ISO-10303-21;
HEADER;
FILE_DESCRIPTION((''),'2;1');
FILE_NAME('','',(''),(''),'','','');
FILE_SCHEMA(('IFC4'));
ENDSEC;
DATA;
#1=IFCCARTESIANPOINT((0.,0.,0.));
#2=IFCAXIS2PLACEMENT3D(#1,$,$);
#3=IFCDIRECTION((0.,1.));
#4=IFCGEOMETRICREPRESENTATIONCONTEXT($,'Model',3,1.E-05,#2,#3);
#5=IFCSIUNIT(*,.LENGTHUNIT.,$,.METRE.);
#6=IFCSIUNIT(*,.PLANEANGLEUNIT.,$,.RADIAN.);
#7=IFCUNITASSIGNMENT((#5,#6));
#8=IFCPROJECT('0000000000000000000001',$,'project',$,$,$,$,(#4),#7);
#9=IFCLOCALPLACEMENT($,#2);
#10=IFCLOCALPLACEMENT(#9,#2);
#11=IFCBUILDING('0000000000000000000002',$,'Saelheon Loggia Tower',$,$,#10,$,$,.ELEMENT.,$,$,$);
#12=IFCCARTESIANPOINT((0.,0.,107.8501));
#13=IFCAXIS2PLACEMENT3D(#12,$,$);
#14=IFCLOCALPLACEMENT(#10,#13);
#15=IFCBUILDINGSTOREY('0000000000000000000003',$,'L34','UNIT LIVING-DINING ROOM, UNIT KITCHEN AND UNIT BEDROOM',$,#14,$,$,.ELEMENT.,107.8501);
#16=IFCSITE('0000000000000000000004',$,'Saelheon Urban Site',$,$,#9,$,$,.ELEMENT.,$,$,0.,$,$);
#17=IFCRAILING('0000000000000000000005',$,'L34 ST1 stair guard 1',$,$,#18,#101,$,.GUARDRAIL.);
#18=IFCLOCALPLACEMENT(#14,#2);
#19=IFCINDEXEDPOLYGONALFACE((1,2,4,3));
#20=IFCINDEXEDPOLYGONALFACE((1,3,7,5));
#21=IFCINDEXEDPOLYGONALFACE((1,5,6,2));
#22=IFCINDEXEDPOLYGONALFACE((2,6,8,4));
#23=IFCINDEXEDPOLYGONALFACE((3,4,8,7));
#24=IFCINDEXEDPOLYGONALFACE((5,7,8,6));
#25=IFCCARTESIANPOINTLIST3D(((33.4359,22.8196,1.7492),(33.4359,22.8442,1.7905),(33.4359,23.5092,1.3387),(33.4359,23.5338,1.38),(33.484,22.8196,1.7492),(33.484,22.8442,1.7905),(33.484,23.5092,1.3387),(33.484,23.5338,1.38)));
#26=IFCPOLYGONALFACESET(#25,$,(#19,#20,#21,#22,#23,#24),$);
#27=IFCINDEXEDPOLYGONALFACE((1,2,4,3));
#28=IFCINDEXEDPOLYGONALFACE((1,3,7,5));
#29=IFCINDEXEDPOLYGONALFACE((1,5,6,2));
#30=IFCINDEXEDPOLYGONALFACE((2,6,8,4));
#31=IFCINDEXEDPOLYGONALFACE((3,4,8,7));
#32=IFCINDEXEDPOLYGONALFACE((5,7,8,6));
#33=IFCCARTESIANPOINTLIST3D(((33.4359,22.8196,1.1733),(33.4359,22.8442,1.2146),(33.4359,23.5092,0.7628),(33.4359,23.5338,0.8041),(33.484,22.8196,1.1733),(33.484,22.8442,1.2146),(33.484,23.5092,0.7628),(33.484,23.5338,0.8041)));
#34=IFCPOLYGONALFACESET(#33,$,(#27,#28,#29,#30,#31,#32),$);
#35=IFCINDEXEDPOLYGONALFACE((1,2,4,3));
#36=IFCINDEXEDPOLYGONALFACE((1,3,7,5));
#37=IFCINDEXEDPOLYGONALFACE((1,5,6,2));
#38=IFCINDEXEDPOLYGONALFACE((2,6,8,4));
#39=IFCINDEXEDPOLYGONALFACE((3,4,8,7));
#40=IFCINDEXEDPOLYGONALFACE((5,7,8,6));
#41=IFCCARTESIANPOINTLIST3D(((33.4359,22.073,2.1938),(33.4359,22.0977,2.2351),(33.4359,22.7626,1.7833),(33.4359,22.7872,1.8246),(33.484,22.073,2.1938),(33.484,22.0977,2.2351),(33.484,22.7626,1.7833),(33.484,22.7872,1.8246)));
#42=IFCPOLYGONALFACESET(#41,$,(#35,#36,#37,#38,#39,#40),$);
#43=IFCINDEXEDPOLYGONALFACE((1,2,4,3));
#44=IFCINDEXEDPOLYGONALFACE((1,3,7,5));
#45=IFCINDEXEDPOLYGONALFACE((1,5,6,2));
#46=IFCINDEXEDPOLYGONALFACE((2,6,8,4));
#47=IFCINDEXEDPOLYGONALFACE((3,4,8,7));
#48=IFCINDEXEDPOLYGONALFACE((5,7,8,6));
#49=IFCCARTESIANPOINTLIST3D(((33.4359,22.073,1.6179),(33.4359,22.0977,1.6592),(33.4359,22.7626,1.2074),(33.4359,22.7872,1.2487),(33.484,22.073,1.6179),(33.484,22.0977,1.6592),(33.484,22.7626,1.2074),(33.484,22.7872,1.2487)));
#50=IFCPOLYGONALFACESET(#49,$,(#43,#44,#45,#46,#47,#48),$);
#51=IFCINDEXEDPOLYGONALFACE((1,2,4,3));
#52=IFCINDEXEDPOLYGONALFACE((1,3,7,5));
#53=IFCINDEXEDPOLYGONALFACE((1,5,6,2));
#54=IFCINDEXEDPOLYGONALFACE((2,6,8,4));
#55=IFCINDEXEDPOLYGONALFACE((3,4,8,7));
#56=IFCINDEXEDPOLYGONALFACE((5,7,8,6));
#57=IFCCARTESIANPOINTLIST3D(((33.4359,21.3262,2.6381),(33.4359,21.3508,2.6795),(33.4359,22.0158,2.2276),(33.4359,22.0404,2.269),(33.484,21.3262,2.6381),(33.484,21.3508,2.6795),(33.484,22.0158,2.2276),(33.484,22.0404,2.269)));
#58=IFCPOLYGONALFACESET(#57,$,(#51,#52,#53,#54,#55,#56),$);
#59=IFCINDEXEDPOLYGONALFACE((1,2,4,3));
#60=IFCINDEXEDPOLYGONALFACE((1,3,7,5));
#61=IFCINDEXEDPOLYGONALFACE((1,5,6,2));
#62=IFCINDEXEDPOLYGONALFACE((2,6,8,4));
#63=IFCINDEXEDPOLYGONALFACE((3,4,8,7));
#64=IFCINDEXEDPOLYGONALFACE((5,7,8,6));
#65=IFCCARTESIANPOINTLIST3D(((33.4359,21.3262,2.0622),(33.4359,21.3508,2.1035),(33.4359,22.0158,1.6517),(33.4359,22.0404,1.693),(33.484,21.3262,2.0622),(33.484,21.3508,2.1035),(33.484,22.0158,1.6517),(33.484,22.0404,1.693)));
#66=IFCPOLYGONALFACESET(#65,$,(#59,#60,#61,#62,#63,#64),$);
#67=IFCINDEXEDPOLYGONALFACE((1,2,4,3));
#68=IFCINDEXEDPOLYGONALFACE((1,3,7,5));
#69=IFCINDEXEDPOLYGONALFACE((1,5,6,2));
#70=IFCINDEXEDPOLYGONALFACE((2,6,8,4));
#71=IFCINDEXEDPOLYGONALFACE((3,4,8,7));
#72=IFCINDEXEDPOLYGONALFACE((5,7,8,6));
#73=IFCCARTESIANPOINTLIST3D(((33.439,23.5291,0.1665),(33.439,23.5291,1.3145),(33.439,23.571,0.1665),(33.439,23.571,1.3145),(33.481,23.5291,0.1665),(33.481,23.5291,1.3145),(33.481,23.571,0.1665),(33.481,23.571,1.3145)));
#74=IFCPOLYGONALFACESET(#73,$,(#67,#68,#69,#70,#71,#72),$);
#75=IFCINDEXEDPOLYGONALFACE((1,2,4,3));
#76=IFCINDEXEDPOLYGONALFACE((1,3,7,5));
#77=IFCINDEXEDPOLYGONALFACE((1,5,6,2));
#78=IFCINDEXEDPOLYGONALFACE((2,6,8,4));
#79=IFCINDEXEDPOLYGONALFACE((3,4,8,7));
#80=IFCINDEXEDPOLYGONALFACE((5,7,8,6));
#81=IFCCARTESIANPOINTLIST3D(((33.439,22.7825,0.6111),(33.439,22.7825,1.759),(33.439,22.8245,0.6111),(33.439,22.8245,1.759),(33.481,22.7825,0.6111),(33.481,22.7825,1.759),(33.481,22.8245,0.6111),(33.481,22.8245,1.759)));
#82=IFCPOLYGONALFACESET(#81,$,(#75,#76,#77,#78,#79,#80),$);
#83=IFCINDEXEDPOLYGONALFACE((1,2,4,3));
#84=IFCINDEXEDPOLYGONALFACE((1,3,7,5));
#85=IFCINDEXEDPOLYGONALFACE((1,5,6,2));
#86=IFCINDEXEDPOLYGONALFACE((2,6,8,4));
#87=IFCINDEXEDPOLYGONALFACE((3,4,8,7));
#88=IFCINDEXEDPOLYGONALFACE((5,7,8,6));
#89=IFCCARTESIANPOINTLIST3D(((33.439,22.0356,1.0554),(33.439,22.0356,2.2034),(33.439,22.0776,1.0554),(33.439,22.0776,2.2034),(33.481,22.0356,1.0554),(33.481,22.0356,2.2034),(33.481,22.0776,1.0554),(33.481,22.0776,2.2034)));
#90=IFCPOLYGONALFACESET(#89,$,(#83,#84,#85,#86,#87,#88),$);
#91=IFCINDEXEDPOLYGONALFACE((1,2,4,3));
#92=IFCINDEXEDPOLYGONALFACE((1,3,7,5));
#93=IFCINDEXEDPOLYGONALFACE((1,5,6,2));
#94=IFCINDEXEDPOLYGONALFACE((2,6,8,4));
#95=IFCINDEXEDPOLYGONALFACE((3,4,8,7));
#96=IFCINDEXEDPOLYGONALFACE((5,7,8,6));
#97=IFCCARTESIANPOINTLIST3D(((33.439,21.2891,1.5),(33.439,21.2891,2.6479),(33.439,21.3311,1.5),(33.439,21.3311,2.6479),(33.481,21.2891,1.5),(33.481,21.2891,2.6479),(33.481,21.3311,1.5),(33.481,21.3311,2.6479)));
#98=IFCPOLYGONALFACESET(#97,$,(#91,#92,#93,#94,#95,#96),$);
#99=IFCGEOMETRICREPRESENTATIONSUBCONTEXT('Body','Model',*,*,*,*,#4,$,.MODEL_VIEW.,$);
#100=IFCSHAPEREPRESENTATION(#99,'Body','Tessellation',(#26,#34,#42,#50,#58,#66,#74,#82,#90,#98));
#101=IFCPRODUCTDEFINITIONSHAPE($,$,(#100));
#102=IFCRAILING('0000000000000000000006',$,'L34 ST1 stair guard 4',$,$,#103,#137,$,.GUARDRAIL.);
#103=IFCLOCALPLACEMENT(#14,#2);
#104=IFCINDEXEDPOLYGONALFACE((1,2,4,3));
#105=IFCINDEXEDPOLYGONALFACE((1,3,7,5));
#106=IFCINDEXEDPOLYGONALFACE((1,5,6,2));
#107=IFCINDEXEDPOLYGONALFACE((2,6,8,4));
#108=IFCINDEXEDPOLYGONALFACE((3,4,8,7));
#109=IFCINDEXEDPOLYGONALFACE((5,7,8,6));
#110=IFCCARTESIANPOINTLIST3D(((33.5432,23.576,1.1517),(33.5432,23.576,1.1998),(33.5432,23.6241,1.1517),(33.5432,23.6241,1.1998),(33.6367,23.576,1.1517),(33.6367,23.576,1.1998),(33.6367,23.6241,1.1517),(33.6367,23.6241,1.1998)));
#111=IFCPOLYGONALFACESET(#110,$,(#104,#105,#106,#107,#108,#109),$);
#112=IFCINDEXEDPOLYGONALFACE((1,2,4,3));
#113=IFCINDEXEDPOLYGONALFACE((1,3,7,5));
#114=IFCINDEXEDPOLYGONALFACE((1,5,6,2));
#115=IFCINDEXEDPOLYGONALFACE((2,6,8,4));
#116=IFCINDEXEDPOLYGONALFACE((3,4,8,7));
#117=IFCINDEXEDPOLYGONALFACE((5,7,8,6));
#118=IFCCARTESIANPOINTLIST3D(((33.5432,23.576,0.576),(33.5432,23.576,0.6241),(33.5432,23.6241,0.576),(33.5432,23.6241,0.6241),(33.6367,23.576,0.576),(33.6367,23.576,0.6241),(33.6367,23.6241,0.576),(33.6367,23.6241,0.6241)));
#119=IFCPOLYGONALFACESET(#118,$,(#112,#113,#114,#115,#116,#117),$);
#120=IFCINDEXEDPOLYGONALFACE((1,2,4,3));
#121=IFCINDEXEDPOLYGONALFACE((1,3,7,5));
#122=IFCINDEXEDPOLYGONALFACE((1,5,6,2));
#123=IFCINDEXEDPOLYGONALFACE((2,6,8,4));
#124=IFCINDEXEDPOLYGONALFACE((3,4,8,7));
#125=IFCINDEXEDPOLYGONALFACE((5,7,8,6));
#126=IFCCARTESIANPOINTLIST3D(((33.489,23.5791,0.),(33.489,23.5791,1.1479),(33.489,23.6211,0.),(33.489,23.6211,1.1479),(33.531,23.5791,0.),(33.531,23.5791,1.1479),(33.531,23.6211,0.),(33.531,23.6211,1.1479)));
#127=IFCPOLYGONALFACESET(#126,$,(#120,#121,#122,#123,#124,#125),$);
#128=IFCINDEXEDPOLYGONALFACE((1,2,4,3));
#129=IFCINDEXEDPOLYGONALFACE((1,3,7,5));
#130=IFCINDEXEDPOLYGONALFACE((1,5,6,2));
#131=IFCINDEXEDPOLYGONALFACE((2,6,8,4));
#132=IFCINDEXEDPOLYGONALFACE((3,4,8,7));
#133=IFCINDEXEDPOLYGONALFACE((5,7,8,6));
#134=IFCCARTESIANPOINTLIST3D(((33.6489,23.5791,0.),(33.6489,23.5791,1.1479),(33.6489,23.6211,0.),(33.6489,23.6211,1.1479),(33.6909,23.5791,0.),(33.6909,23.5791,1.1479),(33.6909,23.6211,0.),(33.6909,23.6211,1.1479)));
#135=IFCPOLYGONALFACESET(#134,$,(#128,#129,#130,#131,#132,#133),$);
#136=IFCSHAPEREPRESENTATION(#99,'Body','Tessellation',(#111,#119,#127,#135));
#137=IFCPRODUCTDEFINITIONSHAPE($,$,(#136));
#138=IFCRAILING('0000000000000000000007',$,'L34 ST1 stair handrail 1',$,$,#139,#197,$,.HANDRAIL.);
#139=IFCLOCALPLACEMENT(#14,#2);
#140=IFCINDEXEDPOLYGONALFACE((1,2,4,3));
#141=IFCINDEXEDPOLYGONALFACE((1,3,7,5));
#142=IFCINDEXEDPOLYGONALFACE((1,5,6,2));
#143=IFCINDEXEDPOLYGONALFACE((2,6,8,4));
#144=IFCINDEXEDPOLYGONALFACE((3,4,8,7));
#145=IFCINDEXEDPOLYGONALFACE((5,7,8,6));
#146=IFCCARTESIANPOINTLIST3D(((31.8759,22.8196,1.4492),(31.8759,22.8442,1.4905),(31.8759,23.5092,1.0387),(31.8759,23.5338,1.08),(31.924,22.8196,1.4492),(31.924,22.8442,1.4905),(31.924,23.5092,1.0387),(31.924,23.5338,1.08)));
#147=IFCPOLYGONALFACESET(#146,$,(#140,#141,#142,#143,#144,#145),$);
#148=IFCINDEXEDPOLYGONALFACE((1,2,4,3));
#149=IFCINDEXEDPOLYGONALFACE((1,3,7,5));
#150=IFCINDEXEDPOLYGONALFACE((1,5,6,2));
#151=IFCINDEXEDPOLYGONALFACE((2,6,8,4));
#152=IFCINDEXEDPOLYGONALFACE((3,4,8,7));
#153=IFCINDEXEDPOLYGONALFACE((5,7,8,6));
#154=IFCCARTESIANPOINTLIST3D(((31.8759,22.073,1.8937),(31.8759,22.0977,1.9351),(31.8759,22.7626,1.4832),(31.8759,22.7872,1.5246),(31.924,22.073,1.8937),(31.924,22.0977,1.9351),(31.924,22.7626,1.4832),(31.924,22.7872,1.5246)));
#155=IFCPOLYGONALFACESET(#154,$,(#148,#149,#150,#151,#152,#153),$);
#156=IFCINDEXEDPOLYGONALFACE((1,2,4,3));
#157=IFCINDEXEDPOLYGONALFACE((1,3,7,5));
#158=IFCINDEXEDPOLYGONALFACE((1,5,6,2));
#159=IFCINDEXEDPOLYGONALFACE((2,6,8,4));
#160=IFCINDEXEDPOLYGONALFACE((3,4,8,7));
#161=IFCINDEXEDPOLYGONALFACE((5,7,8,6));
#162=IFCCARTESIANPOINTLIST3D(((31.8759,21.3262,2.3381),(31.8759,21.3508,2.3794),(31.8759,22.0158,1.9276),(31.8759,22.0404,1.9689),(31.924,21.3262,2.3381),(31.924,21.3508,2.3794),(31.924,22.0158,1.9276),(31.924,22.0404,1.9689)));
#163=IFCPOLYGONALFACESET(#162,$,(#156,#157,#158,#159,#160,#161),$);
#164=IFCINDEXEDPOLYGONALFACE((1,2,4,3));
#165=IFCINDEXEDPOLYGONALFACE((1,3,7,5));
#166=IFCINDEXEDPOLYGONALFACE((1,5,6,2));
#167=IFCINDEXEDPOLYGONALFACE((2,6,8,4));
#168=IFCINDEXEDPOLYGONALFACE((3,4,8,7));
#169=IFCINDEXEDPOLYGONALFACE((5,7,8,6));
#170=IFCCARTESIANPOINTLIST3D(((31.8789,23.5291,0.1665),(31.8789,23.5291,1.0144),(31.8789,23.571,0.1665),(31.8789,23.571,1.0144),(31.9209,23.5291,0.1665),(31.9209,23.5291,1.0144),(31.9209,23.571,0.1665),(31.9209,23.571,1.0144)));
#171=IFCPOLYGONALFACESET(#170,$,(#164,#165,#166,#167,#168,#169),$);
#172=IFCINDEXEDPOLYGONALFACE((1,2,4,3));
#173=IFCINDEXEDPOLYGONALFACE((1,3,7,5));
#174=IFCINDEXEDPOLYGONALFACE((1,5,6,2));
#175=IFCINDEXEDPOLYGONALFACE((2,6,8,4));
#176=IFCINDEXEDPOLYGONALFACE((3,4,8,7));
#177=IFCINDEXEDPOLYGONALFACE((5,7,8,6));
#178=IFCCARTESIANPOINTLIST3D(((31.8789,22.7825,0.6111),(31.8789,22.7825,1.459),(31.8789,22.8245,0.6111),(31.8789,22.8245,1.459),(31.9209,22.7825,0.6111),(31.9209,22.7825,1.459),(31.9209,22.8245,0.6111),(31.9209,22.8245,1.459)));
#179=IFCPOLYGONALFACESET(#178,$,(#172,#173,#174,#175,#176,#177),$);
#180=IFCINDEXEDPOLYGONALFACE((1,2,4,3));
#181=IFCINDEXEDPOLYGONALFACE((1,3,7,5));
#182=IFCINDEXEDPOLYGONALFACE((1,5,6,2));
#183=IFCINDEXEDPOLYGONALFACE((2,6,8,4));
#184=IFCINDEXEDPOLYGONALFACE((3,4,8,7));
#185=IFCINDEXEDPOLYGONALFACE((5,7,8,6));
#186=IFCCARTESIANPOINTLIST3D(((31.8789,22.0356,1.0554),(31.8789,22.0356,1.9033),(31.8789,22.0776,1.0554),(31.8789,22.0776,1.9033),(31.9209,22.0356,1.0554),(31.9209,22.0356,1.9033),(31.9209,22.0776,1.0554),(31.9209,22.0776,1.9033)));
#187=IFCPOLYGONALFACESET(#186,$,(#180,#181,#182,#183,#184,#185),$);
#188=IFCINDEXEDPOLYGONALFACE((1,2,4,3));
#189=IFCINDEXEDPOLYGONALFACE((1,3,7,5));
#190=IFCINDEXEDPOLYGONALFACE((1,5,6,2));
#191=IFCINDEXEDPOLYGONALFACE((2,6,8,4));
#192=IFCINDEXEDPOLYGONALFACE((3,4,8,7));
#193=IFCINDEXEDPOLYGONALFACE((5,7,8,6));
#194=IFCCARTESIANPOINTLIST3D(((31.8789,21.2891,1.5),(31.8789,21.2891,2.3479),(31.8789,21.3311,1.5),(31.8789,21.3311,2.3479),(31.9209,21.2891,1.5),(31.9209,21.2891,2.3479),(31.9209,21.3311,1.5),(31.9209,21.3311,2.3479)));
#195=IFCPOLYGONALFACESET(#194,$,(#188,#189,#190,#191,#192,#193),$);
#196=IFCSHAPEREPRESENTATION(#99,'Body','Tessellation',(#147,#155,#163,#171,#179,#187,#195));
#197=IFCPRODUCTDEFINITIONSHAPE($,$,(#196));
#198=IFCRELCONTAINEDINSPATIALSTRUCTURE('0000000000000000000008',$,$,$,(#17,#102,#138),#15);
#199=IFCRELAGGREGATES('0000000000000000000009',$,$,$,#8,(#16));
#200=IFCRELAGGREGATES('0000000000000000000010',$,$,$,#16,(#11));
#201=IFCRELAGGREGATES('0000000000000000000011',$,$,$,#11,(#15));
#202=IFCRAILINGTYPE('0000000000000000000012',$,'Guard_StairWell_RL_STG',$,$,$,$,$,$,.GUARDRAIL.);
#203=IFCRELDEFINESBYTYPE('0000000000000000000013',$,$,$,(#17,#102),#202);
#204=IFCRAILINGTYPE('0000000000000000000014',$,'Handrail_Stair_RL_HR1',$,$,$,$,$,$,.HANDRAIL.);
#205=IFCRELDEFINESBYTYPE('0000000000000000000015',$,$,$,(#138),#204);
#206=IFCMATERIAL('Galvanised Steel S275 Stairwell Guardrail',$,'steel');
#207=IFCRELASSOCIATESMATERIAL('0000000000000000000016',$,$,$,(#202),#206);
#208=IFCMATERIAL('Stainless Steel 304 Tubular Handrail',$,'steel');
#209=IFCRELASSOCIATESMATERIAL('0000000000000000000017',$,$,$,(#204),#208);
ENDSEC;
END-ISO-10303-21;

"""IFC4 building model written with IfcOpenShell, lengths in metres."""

from ifc_helpers import new_model, si_unit, direction, frame, origin, origin_2d, place, context, subcontext, project, spatial, rectangle, extrude, material, type_object, element, save


model = new_model("IFC4")

# Units and contexts
model_context = context("Model", 3, precision=1e-05, world=origin(), true_north=direction((0.0, 1.0)))
body_context = subcontext(model_context, "Body", "Model", "MODEL_VIEW")
ifc_project = project(units=[si_unit("LENGTHUNIT", "METRE"), si_unit("PLANEANGLEUNIT", "RADIAN")], contexts=[model_context])

# Site, building, storey
site_placement = place(None, origin())
site = spatial("IfcSite", under=ifc_project, at=site_placement, Name="Saelheon Urban Site", CompositionType="ELEMENT", RefElevation=0.0)
building_placement = place(site_placement, origin())
building = spatial("IfcBuilding", under=site, at=building_placement, Name="Saelheon Loggia Tower", CompositionType="ELEMENT")
storey_placement = place(building_placement, frame((0.0, 0.0, 107.8501)))
storey = spatial("IfcBuildingStorey", under=building, at=storey_placement, Name="L34", Description="UNIT LIVING-DINING ROOM, UNIT KITCHEN AND UNIT BEDROOM", CompositionType="ELEMENT", Elevation=107.8501)

# Railings
ifc_material_1 = material(Name="Galvanised Steel S275 Stairwell Guardrail", Category="steel")
railing_type_1 = type_object("IfcRailingType", Name="Guard_StairWell_RL_STG", PredefinedType="GUARDRAIL", material=ifc_material_1)
railing_1_placement = place(storey_placement, frame((33.46, 23.55, 0.1665)))
element("IfcRailing", 1, at=railing_1_placement, inside=storey, type_object=railing_type_1, Name="L34 ST1 stair guard 1", PredefinedType="GUARDRAIL", context=body_context, shape_type="SweptSolid", body=[
    extrude(rectangle(XDim=0.0481, YDim=0.0481, at=origin_2d()), frame((0.0, -0.0286, 1.1929), z_axis=(0.0, -0.859264, 0.511532), x_axis=(1.0, 0.0, 0.0)), (0.0, 0.0, 1.0), 0.8025),
    extrude(rectangle(XDim=0.0481, YDim=0.0481, at=origin_2d()), frame((0.0, -0.0286, 0.6169), z_axis=(0.0, -0.859264, 0.511532), x_axis=(1.0, 0.0, 0.0)), (0.0, 0.0, 1.0), 0.8025),
    extrude(rectangle(XDim=0.0481, YDim=0.0481, at=origin_2d()), frame((0.0, -0.7751, 1.6375), z_axis=(0.0, -0.859264, 0.511532), x_axis=(1.0, 0.0, 0.0)), (0.0, 0.0, 1.0), 0.8025),
    extrude(rectangle(XDim=0.0481, YDim=0.0481, at=origin_2d()), frame((0.0, -0.7751, 1.0615), z_axis=(0.0, -0.859264, 0.511532), x_axis=(1.0, 0.0, 0.0)), (0.0, 0.0, 1.0), 0.8025),
    extrude(rectangle(XDim=0.0481, YDim=0.0481, at=origin_2d()), frame((0.0, -1.522, 2.0818), z_axis=(0.0, -0.859264, 0.511532), x_axis=(1.0, 0.0, 0.0)), (0.0, 0.0, 1.0), 0.8025),
    extrude(rectangle(XDim=0.0481, YDim=0.0481, at=origin_2d()), frame((0.0, -1.522, 1.5059), z_axis=(0.0, -0.859264, 0.511532), x_axis=(1.0, 0.0, 0.0)), (0.0, 0.0, 1.0), 0.8025),
    extrude(rectangle(XDim=0.042, YDim=0.042, at=origin_2d()), origin(), (0.0, 0.0, 1.0), 1.1479),
    extrude(rectangle(XDim=0.042, YDim=0.042, at=origin_2d()), frame((0.0, -0.7466, 0.4446)), (0.0, 0.0, 1.0), 1.1479),
    extrude(rectangle(XDim=0.042, YDim=0.042, at=origin_2d()), frame((0.0, -1.4934, 0.8889)), (0.0, 0.0, 1.0), 1.1479),
    extrude(rectangle(XDim=0.042, YDim=0.042, at=origin_2d()), frame((0.0, -2.24, 1.3335)), (0.0, 0.0, 1.0), 1.1479),
])
railing_2_placement = place(storey_placement, frame((33.51, 23.6001, 0.0)))
element("IfcRailing", 2, at=railing_2_placement, inside=storey, type_object=railing_type_1, Name="L34 ST1 stair guard 4", PredefinedType="GUARDRAIL", context=body_context, shape_type="SweptSolid", body=[
    extrude(rectangle(XDim=0.0481, YDim=0.0481, at=origin_2d()), frame((0.0332, 0.0, 1.1758), z_axis=(1.0, 0.0, 0.0), x_axis=(0.0, 1.0, 0.0)), (0.0, 0.0, 1.0), 0.0935),
    extrude(rectangle(XDim=0.0481, YDim=0.0481, at=origin_2d()), frame((0.0332, 0.0, 0.6001), z_axis=(1.0, 0.0, 0.0), x_axis=(0.0, 1.0, 0.0)), (0.0, 0.0, 1.0), 0.0935),
    extrude(rectangle(XDim=0.042, YDim=0.042, at=origin_2d()), origin(), (0.0, 0.0, 1.0), 1.1479),
    extrude(rectangle(XDim=0.042, YDim=0.042, at=origin_2d()), frame((0.1599, 0.0, 0.0)), (0.0, 0.0, 1.0), 1.1479),
])
ifc_material_2 = material(Name="Stainless Steel 304 Tubular Handrail", Category="steel")
railing_type_2 = type_object("IfcRailingType", Name="Handrail_Stair_RL_HR1", PredefinedType="HANDRAIL", material=ifc_material_2)
railing_3_placement = place(storey_placement, frame((31.8999, 23.55, 0.1665)))
element("IfcRailing", 3, at=railing_3_placement, inside=storey, type_object=railing_type_2, Name="L34 ST1 stair handrail 1", PredefinedType="HANDRAIL", context=body_context, shape_type="SweptSolid", body=[
    extrude(rectangle(XDim=0.0481, YDim=0.0481, at=origin_2d()), frame((0.0, -0.0286, 0.8928), z_axis=(0.0, -0.859264, 0.511532), x_axis=(1.0, 0.0, 0.0)), (0.0, 0.0, 1.0), 0.8025),
    extrude(rectangle(XDim=0.0481, YDim=0.0481, at=origin_2d()), frame((0.0, -0.7751, 1.3374), z_axis=(0.0, -0.859264, 0.511532), x_axis=(1.0, 0.0, 0.0)), (0.0, 0.0, 1.0), 0.8025),
    extrude(rectangle(XDim=0.0481, YDim=0.0481, at=origin_2d()), frame((0.0, -1.522, 1.7817), z_axis=(0.0, -0.859264, 0.511532), x_axis=(1.0, 0.0, 0.0)), (0.0, 0.0, 1.0), 0.8025),
    extrude(rectangle(XDim=0.042, YDim=0.042, at=origin_2d()), origin(), (0.0, 0.0, 1.0), 0.8479),
    extrude(rectangle(XDim=0.042, YDim=0.042, at=origin_2d()), frame((0.0, -0.7466, 0.4446)), (0.0, 0.0, 1.0), 0.8479),
    extrude(rectangle(XDim=0.042, YDim=0.042, at=origin_2d()), frame((0.0, -1.4934, 0.8889)), (0.0, 0.0, 1.0), 0.8479),
    extrude(rectangle(XDim=0.042, YDim=0.042, at=origin_2d()), frame((0.0, -2.24, 1.3335)), (0.0, 0.0, 1.0), 0.8479),
])

save(model, "model.ifc")
